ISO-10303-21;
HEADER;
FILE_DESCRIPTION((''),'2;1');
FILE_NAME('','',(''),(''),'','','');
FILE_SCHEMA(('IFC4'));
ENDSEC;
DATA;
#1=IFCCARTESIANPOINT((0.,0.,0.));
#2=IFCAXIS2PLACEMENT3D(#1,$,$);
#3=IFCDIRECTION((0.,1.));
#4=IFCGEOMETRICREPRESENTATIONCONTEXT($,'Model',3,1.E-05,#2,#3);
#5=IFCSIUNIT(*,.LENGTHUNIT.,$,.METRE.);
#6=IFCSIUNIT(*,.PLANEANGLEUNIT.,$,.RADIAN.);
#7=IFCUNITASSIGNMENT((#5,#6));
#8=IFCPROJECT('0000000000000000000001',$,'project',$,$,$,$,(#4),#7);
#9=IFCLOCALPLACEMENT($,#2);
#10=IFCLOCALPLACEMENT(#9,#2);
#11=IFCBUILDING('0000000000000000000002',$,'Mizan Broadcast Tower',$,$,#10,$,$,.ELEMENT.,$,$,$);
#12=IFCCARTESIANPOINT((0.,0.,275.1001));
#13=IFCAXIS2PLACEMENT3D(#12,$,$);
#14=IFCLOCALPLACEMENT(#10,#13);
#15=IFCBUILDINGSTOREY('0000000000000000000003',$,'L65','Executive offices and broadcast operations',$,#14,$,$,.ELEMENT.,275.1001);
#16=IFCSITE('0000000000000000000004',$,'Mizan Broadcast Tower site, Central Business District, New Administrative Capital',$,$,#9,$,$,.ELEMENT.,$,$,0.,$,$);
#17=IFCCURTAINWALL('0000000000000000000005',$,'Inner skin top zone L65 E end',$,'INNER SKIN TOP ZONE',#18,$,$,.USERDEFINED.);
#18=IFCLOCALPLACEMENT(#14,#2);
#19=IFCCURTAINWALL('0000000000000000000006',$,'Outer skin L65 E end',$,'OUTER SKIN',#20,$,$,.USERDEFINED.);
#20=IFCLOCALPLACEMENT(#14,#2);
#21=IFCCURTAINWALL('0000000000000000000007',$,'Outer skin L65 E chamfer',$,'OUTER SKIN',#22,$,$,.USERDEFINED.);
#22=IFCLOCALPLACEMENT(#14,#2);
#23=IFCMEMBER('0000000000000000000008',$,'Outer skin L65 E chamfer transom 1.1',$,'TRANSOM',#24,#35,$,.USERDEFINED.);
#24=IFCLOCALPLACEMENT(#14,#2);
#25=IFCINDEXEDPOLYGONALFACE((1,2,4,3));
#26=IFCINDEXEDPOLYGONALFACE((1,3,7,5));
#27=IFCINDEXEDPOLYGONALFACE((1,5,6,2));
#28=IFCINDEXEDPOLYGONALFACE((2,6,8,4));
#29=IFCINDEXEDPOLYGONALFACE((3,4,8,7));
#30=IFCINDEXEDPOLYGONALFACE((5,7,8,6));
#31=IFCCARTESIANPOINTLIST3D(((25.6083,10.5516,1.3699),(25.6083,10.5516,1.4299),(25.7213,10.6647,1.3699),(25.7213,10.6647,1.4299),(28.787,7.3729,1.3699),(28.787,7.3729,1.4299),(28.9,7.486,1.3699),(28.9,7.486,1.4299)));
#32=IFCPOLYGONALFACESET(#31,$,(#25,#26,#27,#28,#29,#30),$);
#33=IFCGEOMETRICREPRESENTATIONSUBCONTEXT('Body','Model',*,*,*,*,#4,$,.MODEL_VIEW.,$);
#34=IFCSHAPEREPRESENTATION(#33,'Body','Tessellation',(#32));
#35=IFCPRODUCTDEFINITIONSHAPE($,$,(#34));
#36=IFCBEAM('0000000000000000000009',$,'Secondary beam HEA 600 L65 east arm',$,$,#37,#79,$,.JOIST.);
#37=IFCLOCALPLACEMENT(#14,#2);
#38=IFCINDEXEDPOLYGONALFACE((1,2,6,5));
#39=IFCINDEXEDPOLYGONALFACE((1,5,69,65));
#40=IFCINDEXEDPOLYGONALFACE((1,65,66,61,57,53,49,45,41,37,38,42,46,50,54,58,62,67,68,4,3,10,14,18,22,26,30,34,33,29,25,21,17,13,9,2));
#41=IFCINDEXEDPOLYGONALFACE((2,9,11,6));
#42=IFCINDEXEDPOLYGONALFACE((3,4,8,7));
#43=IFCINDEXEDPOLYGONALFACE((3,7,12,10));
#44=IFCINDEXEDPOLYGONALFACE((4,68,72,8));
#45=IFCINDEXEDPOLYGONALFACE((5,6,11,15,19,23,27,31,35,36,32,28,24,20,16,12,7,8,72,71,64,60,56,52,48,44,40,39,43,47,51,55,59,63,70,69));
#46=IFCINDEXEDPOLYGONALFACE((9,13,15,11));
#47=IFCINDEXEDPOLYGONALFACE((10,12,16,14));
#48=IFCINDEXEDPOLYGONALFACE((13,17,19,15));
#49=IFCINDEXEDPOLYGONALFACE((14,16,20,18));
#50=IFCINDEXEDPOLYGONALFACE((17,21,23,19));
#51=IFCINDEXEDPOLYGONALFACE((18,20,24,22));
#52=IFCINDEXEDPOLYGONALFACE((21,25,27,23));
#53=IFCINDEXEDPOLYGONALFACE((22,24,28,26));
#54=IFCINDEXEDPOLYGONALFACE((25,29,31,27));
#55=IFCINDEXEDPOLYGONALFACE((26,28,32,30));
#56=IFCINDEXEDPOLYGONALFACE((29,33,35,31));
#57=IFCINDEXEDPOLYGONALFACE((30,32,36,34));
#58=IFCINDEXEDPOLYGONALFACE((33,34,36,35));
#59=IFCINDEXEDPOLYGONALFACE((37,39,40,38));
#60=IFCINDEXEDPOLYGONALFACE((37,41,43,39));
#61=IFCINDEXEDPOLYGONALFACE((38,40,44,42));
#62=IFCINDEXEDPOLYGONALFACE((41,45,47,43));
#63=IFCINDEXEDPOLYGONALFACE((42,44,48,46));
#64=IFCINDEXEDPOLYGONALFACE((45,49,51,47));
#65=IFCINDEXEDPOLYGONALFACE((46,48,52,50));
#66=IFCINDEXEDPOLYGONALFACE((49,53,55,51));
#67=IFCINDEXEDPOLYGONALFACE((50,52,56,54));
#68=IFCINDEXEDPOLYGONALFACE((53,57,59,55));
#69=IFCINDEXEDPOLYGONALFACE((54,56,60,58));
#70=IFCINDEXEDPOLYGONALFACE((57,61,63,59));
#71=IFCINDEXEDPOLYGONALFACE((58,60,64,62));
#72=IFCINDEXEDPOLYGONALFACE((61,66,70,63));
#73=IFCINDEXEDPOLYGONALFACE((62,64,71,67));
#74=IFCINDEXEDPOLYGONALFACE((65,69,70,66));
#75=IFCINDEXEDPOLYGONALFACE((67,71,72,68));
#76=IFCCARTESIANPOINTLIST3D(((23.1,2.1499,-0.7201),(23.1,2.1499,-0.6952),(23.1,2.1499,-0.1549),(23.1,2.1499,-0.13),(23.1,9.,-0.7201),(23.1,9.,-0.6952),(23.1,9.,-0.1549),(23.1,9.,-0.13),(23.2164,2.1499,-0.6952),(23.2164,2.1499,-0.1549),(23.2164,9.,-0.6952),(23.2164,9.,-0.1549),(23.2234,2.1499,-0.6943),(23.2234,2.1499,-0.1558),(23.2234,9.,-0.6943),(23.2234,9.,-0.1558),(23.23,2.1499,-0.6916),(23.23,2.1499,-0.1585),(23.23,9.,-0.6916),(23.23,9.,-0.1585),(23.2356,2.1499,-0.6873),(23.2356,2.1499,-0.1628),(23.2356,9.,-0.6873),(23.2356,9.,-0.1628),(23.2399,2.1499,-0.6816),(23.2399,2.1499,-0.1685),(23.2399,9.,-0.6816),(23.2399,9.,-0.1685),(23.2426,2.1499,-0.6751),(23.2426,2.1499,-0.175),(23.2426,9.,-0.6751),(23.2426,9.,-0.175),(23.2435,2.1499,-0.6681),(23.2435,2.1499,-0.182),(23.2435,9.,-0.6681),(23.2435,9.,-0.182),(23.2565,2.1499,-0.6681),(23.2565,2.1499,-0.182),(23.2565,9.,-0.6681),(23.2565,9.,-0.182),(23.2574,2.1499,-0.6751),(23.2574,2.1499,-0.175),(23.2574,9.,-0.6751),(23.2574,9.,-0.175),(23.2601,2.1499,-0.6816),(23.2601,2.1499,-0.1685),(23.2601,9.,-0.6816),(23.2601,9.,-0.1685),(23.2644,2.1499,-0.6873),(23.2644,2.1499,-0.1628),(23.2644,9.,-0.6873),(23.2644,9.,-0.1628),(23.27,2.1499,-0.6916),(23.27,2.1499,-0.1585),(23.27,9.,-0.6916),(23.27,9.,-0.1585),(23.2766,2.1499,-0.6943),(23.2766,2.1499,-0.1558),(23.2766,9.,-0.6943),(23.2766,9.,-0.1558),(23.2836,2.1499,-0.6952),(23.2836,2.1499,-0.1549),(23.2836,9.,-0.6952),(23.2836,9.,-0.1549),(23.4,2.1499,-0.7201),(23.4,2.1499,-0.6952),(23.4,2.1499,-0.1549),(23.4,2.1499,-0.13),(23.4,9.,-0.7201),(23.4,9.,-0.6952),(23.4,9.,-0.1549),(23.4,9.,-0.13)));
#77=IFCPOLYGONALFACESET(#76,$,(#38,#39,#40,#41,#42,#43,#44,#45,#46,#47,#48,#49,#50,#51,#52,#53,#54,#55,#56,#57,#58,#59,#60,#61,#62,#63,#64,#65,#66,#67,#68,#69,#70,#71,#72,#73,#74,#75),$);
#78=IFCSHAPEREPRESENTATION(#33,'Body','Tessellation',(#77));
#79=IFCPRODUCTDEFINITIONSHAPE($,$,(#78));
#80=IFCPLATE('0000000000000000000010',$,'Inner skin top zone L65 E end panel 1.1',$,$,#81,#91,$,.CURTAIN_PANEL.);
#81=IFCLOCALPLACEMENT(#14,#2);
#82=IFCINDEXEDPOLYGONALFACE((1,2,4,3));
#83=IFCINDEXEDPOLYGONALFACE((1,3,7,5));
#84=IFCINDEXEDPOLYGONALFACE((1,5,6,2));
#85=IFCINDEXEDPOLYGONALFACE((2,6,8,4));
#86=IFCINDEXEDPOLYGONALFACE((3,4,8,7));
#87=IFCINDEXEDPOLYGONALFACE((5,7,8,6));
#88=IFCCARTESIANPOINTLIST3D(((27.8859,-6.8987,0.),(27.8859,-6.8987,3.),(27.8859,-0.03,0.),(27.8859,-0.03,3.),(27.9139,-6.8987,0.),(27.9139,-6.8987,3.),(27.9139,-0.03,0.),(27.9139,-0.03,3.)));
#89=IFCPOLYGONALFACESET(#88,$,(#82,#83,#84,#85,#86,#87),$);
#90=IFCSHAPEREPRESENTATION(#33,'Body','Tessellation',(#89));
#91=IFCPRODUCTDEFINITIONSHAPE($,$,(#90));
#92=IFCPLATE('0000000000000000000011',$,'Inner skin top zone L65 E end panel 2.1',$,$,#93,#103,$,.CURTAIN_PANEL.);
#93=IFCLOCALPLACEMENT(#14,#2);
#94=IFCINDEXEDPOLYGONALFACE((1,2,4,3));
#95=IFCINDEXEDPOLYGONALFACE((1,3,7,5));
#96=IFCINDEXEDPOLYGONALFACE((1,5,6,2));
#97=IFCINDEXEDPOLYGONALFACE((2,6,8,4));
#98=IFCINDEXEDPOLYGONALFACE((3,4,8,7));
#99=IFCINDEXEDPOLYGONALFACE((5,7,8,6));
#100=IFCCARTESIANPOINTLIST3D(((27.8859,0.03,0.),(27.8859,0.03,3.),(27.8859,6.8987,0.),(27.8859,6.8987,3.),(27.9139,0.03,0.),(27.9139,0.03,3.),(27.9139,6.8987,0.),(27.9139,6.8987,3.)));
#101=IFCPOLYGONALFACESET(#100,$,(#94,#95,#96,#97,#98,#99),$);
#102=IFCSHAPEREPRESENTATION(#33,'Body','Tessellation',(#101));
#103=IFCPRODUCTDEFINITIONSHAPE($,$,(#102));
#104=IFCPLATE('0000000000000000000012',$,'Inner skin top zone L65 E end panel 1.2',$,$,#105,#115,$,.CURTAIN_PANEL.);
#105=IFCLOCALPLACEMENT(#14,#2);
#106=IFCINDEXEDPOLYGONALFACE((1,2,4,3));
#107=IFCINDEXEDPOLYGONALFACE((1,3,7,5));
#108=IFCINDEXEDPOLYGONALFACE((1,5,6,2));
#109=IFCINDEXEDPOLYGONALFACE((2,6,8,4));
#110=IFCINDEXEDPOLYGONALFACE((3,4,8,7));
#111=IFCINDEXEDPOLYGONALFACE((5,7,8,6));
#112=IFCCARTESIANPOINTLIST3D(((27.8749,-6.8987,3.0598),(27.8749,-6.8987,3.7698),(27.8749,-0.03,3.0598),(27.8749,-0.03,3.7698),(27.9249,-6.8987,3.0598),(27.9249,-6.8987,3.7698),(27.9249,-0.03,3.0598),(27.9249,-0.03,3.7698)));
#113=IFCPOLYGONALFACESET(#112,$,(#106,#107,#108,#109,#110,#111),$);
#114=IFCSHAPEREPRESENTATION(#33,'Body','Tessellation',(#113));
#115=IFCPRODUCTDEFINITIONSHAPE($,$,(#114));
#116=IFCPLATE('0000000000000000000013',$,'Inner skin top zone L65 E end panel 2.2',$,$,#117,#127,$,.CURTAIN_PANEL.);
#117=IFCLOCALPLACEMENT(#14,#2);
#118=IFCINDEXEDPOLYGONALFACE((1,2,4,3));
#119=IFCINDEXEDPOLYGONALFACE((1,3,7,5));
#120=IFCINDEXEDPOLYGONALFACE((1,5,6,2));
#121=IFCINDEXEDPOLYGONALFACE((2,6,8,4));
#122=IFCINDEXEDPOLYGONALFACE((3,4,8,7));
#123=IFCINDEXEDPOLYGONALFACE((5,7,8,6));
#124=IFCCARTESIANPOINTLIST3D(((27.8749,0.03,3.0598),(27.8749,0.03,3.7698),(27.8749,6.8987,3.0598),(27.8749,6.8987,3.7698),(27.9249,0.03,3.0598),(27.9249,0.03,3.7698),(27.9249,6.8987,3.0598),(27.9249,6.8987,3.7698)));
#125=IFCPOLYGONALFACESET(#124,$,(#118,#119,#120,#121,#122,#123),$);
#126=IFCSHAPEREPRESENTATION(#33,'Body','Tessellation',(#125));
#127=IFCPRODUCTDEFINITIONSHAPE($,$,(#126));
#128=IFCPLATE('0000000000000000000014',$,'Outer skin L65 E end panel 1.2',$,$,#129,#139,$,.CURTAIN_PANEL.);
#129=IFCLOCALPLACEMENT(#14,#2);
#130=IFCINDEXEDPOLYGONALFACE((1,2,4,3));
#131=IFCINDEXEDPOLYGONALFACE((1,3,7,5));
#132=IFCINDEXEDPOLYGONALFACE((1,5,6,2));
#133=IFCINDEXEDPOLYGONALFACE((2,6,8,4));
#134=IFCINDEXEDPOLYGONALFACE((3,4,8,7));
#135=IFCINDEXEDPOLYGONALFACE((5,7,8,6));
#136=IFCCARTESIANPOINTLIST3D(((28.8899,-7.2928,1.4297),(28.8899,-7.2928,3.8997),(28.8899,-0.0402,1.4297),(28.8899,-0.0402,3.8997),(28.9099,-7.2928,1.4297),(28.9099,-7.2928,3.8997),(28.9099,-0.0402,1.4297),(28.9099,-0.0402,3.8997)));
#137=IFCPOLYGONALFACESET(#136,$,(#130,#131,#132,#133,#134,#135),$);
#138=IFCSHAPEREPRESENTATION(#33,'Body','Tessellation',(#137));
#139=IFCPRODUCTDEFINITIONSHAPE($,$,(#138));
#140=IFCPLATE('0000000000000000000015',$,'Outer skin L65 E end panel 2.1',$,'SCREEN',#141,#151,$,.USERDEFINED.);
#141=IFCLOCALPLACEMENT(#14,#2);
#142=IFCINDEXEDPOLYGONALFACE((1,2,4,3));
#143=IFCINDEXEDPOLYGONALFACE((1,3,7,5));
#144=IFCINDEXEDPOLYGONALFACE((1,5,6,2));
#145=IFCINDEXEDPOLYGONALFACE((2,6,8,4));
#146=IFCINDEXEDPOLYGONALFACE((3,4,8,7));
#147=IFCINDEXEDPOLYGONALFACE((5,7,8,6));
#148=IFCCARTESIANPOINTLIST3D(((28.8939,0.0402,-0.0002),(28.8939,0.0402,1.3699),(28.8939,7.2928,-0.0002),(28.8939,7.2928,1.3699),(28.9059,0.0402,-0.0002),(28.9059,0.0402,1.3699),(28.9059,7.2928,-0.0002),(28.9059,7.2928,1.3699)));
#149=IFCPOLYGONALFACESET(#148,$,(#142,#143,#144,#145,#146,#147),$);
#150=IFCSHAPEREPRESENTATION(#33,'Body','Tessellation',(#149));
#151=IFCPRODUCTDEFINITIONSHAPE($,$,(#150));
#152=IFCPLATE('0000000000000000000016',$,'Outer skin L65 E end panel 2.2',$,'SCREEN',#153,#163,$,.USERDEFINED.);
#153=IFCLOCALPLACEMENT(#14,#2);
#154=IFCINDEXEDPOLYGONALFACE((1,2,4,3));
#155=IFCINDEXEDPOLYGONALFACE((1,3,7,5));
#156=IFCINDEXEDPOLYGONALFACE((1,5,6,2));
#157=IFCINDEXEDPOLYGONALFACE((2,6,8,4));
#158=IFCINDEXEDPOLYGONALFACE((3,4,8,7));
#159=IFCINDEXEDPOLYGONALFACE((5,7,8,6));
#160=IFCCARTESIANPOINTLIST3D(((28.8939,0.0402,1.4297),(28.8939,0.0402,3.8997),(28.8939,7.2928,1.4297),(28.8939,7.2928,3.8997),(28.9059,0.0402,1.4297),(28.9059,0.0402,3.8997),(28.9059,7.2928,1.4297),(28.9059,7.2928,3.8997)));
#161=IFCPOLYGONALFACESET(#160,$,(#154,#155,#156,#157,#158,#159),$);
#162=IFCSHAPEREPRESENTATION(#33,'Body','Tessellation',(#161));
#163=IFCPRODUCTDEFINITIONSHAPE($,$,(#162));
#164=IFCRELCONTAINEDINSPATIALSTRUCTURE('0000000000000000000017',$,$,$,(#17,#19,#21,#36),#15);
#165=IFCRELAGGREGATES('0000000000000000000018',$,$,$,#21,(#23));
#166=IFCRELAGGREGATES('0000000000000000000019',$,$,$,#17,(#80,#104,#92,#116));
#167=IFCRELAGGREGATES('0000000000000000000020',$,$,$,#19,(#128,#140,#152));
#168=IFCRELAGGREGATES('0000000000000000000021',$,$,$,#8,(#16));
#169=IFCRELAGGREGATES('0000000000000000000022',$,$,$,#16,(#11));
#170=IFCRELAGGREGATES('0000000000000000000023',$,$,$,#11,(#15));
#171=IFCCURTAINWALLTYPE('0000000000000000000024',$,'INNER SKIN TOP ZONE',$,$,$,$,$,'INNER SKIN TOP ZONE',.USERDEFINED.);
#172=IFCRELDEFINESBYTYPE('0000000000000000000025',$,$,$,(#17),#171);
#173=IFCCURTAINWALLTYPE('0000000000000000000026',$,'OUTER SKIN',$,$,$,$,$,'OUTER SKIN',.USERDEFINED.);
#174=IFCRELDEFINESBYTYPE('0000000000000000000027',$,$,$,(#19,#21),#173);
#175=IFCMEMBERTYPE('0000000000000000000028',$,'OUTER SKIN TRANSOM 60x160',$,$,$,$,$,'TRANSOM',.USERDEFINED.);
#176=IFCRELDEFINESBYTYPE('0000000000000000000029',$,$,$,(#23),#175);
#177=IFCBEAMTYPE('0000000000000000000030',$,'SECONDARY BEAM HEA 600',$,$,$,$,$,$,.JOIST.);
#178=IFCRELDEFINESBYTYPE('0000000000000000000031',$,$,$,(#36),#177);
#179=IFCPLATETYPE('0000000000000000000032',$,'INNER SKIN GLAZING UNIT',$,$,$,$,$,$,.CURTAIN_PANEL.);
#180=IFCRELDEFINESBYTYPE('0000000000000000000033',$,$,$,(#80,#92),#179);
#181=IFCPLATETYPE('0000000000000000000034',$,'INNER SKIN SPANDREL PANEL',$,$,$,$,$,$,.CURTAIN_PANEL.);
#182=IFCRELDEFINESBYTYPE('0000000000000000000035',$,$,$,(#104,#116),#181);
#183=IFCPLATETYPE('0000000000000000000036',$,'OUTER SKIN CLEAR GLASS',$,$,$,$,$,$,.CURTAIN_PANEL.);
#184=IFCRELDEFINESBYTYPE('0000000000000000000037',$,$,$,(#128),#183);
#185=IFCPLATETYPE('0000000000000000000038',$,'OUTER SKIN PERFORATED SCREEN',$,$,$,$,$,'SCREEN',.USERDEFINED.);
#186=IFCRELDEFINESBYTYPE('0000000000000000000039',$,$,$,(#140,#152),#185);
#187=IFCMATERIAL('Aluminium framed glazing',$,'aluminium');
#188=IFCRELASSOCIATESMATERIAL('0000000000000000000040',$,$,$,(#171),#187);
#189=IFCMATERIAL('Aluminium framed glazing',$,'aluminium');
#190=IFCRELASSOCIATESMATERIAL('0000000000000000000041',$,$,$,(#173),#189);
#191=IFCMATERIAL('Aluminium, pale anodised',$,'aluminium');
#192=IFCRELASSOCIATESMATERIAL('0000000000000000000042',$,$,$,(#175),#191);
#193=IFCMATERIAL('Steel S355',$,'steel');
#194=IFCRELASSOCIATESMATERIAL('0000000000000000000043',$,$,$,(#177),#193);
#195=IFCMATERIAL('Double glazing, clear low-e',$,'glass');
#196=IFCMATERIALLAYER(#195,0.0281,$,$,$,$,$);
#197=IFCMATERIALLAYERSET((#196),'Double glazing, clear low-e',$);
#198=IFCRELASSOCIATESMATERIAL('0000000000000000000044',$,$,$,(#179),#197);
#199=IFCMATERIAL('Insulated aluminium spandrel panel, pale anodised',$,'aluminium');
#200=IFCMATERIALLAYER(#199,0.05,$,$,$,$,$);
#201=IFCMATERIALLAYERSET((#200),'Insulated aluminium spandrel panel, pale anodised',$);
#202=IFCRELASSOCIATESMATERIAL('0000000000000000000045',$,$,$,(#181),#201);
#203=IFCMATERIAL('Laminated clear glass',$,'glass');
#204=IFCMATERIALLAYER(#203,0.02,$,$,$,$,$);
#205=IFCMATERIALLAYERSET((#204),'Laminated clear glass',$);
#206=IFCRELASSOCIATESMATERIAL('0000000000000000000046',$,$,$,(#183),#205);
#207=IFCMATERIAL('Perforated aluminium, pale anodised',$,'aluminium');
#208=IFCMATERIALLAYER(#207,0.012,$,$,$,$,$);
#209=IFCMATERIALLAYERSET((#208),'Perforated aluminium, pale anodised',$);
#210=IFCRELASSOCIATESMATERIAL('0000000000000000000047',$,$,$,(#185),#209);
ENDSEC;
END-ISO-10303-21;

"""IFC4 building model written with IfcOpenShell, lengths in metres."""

from ifc_helpers import new_model, si_unit, direction, frame, origin, origin_2d, place, context, subcontext, project, spatial, rectangle, i_section, extrude, material, layer, layer_set, material_profile, profile_set, type_object, element, aggregate, save


model = new_model("IFC4")

# Units and contexts
model_context = context("Model", 3, precision=1e-05, world=origin(), true_north=direction((0.0, 1.0)))
body_context = subcontext(model_context, "Body", "Model", "MODEL_VIEW")
ifc_project = project(units=[si_unit("LENGTHUNIT", "METRE"), si_unit("PLANEANGLEUNIT", "RADIAN")], contexts=[model_context])

# Site, building, storey
site_placement = place(None, origin())
site = spatial("IfcSite", under=ifc_project, at=site_placement, Name="Mizan Broadcast Tower site, Central Business District, New Administrative Capital", CompositionType="ELEMENT", RefElevation=0.0)
building_placement = place(site_placement, origin())
building = spatial("IfcBuilding", under=site, at=building_placement, Name="Mizan Broadcast Tower", CompositionType="ELEMENT")
storey_placement = place(building_placement, frame((0.0, 0.0, 275.1001)))
storey = spatial("IfcBuildingStorey", under=building, at=storey_placement, Name="L65", Description="Executive offices and broadcast operations", CompositionType="ELEMENT", Elevation=275.1001)

# Curtain wall
ifc_material_1 = material(Name="Aluminium framed glazing", Category="aluminium")
curtain_wall_type_1 = type_object("IfcCurtainWallType", Name="INNER SKIN TOP ZONE", ElementType="INNER SKIN TOP ZONE", PredefinedType="USERDEFINED", material=ifc_material_1)
curtain_wall_1_placement = place(storey_placement, origin())
curtain_wall_1 = element("IfcCurtainWall", 1, at=curtain_wall_1_placement, inside=storey, type_object=curtain_wall_type_1, Name="Inner skin top zone L65 E end", ObjectType="INNER SKIN TOP ZONE", PredefinedType="USERDEFINED")

# Curtain wall
ifc_material_2 = material(Name="Aluminium framed glazing", Category="aluminium")
curtain_wall_type_2 = type_object("IfcCurtainWallType", Name="OUTER SKIN", ElementType="OUTER SKIN", PredefinedType="USERDEFINED", material=ifc_material_2)
curtain_wall_2_placement = place(storey_placement, origin())
curtain_wall_2 = element("IfcCurtainWall", 2, at=curtain_wall_2_placement, inside=storey, type_object=curtain_wall_type_2, Name="Outer skin L65 E end", ObjectType="OUTER SKIN", PredefinedType="USERDEFINED")
ifc_material_3 = material(Name="Aluminium, pale anodised", Category="aluminium")
ifc_material_profile_1 = material_profile(ifc_material_3, rectangle(XDim=0.1599, YDim=0.0601, at=origin_2d()), Name="TRANSOM 160x60")
ifc_profile_set_1 = profile_set([ifc_material_profile_1], Name="Aluminium, pale anodised")
member_type_1 = type_object("IfcMemberType", Name="OUTER SKIN TRANSOM 60x160", ElementType="TRANSOM", PredefinedType="USERDEFINED", material=ifc_profile_set_1)

# Curtain wall, member
curtain_wall_3_placement = place(storey_placement, origin())
curtain_wall_3 = element("IfcCurtainWall", 3, at=curtain_wall_3_placement, inside=storey, type_object=curtain_wall_type_2, Name="Outer skin L65 E chamfer", ObjectType="OUTER SKIN", PredefinedType="USERDEFINED")
member_1_placement = place(storey_placement, frame((28.8435, 7.4294, 1.3999), z_axis=(-0.707107, 0.707107, 0.0), x_axis=(-0.707107, -0.707107, 0.0)))
member_1 = element("IfcMember", 4, at=member_1_placement, type_object=member_type_1, Name="Outer skin L65 E chamfer transom 1.1", ObjectType="TRANSOM", PredefinedType="USERDEFINED", context=body_context, shape_type="SweptSolid", body=[
    extrude(rectangle(XDim=0.1599, YDim=0.0601, at=origin_2d()), origin(), (0.0, 0.0, 1.0), 4.4954),
])
aggregate(curtain_wall_3, [member_1])

# Beam
ifc_material_4 = material(Name="Steel S355", Category="steel")
ifc_material_profile_2 = material_profile(ifc_material_4, i_section(OverallWidth=0.3, OverallDepth=0.5901, WebThickness=0.0129, FlangeThickness=0.0249, FilletRadius=0.0271, at=origin_2d()), Name="HEA 600")
ifc_profile_set_2 = profile_set([ifc_material_profile_2], Name="Steel S355")
beam_type_1 = type_object("IfcBeamType", Name="SECONDARY BEAM HEA 600", PredefinedType="JOIST", material=ifc_profile_set_2)
beam_1_placement = place(storey_placement, frame((23.25, 9.0, -0.425), z_axis=(0.0, -1.0, 0.0), x_axis=(1.0, 0.0, 0.0)))
element("IfcBeam", 5, at=beam_1_placement, inside=storey, type_object=beam_type_1, Name="Secondary beam HEA 600 L65 east arm", PredefinedType="JOIST", context=body_context, shape_type="SweptSolid", body=[
    extrude(i_section(OverallWidth=0.3, OverallDepth=0.5901, WebThickness=0.0129, FlangeThickness=0.0249, FilletRadius=0.0271, at=origin_2d()), origin(), (0.0, 0.0, 1.0), 6.8501),
])

# Plates
ifc_material_5 = material(Name="Double glazing, clear low-e", Category="glass")
ifc_layer_1 = layer(ifc_material_5, 0.0281)
ifc_layer_set_1 = layer_set([ifc_layer_1], Name="Double glazing, clear low-e")
plate_type_1 = type_object("IfcPlateType", Name="INNER SKIN GLAZING UNIT", PredefinedType="CURTAIN_PANEL", material=ifc_layer_set_1)
plate_1_placement = place(storey_placement, frame((27.8999, -3.4644, 0.0), z_axis=(0.0, 0.0, 1.0), x_axis=(0.0, 1.0, 0.0)))
plate_1 = element("IfcPlate", 6, at=plate_1_placement, type_object=plate_type_1, Name="Inner skin top zone L65 E end panel 1.1", PredefinedType="CURTAIN_PANEL", context=body_context, shape_type="SweptSolid", body=[
    extrude(rectangle(XDim=6.8687, YDim=0.0281, at=origin_2d()), origin(), (0.0, 0.0, 1.0), 3.0),
])
plate_2_placement = place(storey_placement, frame((27.8999, 3.4644, 0.0), z_axis=(0.0, 0.0, 1.0), x_axis=(0.0, 1.0, 0.0)))
plate_2 = element("IfcPlate", 7, at=plate_2_placement, type_object=plate_type_1, Name="Inner skin top zone L65 E end panel 2.1", PredefinedType="CURTAIN_PANEL", context=body_context, shape_type="SweptSolid", body=[
    extrude(rectangle(XDim=6.8687, YDim=0.0281, at=origin_2d()), origin(), (0.0, 0.0, 1.0), 3.0),
])
ifc_material_6 = material(Name="Insulated aluminium spandrel panel, pale anodised", Category="aluminium")
ifc_layer_2 = layer(ifc_material_6, 0.05)
ifc_layer_set_2 = layer_set([ifc_layer_2], Name="Insulated aluminium spandrel panel, pale anodised")
plate_type_2 = type_object("IfcPlateType", Name="INNER SKIN SPANDREL PANEL", PredefinedType="CURTAIN_PANEL", material=ifc_layer_set_2)
plate_3_placement = place(storey_placement, frame((27.8999, -3.4644, 3.0598), z_axis=(0.0, 0.0, 1.0), x_axis=(0.0, 1.0, 0.0)))
plate_3 = element("IfcPlate", 8, at=plate_3_placement, type_object=plate_type_2, Name="Inner skin top zone L65 E end panel 1.2", PredefinedType="CURTAIN_PANEL", context=body_context, shape_type="SweptSolid", body=[
    extrude(rectangle(XDim=6.8687, YDim=0.05, at=origin_2d()), origin(), (0.0, 0.0, 1.0), 0.71),
])
plate_4_placement = place(storey_placement, frame((27.8999, 3.4644, 3.0598), z_axis=(0.0, 0.0, 1.0), x_axis=(0.0, 1.0, 0.0)))
plate_4 = element("IfcPlate", 9, at=plate_4_placement, type_object=plate_type_2, Name="Inner skin top zone L65 E end panel 2.2", PredefinedType="CURTAIN_PANEL", context=body_context, shape_type="SweptSolid", body=[
    extrude(rectangle(XDim=6.8687, YDim=0.05, at=origin_2d()), origin(), (0.0, 0.0, 1.0), 0.71),
])
aggregate(curtain_wall_1, [plate_1, plate_3, plate_2, plate_4])
ifc_material_7 = material(Name="Laminated clear glass", Category="glass")
ifc_layer_3 = layer(ifc_material_7, 0.02)
ifc_layer_set_3 = layer_set([ifc_layer_3], Name="Laminated clear glass")
plate_type_3 = type_object("IfcPlateType", Name="OUTER SKIN CLEAR GLASS", PredefinedType="CURTAIN_PANEL", material=ifc_layer_set_3)
plate_5_placement = place(storey_placement, frame((28.8999, -3.6665, 1.4297), z_axis=(0.0, 0.0, 1.0), x_axis=(0.0, 1.0, 0.0)))
plate_5 = element("IfcPlate", 10, at=plate_5_placement, type_object=plate_type_3, Name="Outer skin L65 E end panel 1.2", PredefinedType="CURTAIN_PANEL", context=body_context, shape_type="SweptSolid", body=[
    extrude(rectangle(XDim=7.2527, YDim=0.02, at=origin_2d()), origin(), (0.0, 0.0, 1.0), 2.47),
])
ifc_material_8 = material(Name="Perforated aluminium, pale anodised", Category="aluminium")
ifc_layer_4 = layer(ifc_material_8, 0.012)
ifc_layer_set_4 = layer_set([ifc_layer_4], Name="Perforated aluminium, pale anodised")
plate_type_4 = type_object("IfcPlateType", Name="OUTER SKIN PERFORATED SCREEN", ElementType="SCREEN", PredefinedType="USERDEFINED", material=ifc_layer_set_4)
plate_6_placement = place(storey_placement, frame((28.8999, 3.6665, -0.0002), z_axis=(0.0, 0.0, 1.0), x_axis=(0.0, 1.0, 0.0)))
plate_6 = element("IfcPlate", 11, at=plate_6_placement, type_object=plate_type_4, Name="Outer skin L65 E end panel 2.1", ObjectType="SCREEN", PredefinedType="USERDEFINED", context=body_context, shape_type="SweptSolid", body=[
    extrude(rectangle(XDim=7.2527, YDim=0.012, at=origin_2d()), origin(), (0.0, 0.0, 1.0), 1.3701),
])
plate_7_placement = place(storey_placement, frame((28.8999, 3.6665, 1.4297), z_axis=(0.0, 0.0, 1.0), x_axis=(0.0, 1.0, 0.0)))
plate_7 = element("IfcPlate", 12, at=plate_7_placement, type_object=plate_type_4, Name="Outer skin L65 E end panel 2.2", ObjectType="SCREEN", PredefinedType="USERDEFINED", context=body_context, shape_type="SweptSolid", body=[
    extrude(rectangle(XDim=7.2527, YDim=0.012, at=origin_2d()), origin(), (0.0, 0.0, 1.0), 2.47),
])
aggregate(curtain_wall_2, [plate_5, plate_6, plate_7])

save(model, "model.ifc")
